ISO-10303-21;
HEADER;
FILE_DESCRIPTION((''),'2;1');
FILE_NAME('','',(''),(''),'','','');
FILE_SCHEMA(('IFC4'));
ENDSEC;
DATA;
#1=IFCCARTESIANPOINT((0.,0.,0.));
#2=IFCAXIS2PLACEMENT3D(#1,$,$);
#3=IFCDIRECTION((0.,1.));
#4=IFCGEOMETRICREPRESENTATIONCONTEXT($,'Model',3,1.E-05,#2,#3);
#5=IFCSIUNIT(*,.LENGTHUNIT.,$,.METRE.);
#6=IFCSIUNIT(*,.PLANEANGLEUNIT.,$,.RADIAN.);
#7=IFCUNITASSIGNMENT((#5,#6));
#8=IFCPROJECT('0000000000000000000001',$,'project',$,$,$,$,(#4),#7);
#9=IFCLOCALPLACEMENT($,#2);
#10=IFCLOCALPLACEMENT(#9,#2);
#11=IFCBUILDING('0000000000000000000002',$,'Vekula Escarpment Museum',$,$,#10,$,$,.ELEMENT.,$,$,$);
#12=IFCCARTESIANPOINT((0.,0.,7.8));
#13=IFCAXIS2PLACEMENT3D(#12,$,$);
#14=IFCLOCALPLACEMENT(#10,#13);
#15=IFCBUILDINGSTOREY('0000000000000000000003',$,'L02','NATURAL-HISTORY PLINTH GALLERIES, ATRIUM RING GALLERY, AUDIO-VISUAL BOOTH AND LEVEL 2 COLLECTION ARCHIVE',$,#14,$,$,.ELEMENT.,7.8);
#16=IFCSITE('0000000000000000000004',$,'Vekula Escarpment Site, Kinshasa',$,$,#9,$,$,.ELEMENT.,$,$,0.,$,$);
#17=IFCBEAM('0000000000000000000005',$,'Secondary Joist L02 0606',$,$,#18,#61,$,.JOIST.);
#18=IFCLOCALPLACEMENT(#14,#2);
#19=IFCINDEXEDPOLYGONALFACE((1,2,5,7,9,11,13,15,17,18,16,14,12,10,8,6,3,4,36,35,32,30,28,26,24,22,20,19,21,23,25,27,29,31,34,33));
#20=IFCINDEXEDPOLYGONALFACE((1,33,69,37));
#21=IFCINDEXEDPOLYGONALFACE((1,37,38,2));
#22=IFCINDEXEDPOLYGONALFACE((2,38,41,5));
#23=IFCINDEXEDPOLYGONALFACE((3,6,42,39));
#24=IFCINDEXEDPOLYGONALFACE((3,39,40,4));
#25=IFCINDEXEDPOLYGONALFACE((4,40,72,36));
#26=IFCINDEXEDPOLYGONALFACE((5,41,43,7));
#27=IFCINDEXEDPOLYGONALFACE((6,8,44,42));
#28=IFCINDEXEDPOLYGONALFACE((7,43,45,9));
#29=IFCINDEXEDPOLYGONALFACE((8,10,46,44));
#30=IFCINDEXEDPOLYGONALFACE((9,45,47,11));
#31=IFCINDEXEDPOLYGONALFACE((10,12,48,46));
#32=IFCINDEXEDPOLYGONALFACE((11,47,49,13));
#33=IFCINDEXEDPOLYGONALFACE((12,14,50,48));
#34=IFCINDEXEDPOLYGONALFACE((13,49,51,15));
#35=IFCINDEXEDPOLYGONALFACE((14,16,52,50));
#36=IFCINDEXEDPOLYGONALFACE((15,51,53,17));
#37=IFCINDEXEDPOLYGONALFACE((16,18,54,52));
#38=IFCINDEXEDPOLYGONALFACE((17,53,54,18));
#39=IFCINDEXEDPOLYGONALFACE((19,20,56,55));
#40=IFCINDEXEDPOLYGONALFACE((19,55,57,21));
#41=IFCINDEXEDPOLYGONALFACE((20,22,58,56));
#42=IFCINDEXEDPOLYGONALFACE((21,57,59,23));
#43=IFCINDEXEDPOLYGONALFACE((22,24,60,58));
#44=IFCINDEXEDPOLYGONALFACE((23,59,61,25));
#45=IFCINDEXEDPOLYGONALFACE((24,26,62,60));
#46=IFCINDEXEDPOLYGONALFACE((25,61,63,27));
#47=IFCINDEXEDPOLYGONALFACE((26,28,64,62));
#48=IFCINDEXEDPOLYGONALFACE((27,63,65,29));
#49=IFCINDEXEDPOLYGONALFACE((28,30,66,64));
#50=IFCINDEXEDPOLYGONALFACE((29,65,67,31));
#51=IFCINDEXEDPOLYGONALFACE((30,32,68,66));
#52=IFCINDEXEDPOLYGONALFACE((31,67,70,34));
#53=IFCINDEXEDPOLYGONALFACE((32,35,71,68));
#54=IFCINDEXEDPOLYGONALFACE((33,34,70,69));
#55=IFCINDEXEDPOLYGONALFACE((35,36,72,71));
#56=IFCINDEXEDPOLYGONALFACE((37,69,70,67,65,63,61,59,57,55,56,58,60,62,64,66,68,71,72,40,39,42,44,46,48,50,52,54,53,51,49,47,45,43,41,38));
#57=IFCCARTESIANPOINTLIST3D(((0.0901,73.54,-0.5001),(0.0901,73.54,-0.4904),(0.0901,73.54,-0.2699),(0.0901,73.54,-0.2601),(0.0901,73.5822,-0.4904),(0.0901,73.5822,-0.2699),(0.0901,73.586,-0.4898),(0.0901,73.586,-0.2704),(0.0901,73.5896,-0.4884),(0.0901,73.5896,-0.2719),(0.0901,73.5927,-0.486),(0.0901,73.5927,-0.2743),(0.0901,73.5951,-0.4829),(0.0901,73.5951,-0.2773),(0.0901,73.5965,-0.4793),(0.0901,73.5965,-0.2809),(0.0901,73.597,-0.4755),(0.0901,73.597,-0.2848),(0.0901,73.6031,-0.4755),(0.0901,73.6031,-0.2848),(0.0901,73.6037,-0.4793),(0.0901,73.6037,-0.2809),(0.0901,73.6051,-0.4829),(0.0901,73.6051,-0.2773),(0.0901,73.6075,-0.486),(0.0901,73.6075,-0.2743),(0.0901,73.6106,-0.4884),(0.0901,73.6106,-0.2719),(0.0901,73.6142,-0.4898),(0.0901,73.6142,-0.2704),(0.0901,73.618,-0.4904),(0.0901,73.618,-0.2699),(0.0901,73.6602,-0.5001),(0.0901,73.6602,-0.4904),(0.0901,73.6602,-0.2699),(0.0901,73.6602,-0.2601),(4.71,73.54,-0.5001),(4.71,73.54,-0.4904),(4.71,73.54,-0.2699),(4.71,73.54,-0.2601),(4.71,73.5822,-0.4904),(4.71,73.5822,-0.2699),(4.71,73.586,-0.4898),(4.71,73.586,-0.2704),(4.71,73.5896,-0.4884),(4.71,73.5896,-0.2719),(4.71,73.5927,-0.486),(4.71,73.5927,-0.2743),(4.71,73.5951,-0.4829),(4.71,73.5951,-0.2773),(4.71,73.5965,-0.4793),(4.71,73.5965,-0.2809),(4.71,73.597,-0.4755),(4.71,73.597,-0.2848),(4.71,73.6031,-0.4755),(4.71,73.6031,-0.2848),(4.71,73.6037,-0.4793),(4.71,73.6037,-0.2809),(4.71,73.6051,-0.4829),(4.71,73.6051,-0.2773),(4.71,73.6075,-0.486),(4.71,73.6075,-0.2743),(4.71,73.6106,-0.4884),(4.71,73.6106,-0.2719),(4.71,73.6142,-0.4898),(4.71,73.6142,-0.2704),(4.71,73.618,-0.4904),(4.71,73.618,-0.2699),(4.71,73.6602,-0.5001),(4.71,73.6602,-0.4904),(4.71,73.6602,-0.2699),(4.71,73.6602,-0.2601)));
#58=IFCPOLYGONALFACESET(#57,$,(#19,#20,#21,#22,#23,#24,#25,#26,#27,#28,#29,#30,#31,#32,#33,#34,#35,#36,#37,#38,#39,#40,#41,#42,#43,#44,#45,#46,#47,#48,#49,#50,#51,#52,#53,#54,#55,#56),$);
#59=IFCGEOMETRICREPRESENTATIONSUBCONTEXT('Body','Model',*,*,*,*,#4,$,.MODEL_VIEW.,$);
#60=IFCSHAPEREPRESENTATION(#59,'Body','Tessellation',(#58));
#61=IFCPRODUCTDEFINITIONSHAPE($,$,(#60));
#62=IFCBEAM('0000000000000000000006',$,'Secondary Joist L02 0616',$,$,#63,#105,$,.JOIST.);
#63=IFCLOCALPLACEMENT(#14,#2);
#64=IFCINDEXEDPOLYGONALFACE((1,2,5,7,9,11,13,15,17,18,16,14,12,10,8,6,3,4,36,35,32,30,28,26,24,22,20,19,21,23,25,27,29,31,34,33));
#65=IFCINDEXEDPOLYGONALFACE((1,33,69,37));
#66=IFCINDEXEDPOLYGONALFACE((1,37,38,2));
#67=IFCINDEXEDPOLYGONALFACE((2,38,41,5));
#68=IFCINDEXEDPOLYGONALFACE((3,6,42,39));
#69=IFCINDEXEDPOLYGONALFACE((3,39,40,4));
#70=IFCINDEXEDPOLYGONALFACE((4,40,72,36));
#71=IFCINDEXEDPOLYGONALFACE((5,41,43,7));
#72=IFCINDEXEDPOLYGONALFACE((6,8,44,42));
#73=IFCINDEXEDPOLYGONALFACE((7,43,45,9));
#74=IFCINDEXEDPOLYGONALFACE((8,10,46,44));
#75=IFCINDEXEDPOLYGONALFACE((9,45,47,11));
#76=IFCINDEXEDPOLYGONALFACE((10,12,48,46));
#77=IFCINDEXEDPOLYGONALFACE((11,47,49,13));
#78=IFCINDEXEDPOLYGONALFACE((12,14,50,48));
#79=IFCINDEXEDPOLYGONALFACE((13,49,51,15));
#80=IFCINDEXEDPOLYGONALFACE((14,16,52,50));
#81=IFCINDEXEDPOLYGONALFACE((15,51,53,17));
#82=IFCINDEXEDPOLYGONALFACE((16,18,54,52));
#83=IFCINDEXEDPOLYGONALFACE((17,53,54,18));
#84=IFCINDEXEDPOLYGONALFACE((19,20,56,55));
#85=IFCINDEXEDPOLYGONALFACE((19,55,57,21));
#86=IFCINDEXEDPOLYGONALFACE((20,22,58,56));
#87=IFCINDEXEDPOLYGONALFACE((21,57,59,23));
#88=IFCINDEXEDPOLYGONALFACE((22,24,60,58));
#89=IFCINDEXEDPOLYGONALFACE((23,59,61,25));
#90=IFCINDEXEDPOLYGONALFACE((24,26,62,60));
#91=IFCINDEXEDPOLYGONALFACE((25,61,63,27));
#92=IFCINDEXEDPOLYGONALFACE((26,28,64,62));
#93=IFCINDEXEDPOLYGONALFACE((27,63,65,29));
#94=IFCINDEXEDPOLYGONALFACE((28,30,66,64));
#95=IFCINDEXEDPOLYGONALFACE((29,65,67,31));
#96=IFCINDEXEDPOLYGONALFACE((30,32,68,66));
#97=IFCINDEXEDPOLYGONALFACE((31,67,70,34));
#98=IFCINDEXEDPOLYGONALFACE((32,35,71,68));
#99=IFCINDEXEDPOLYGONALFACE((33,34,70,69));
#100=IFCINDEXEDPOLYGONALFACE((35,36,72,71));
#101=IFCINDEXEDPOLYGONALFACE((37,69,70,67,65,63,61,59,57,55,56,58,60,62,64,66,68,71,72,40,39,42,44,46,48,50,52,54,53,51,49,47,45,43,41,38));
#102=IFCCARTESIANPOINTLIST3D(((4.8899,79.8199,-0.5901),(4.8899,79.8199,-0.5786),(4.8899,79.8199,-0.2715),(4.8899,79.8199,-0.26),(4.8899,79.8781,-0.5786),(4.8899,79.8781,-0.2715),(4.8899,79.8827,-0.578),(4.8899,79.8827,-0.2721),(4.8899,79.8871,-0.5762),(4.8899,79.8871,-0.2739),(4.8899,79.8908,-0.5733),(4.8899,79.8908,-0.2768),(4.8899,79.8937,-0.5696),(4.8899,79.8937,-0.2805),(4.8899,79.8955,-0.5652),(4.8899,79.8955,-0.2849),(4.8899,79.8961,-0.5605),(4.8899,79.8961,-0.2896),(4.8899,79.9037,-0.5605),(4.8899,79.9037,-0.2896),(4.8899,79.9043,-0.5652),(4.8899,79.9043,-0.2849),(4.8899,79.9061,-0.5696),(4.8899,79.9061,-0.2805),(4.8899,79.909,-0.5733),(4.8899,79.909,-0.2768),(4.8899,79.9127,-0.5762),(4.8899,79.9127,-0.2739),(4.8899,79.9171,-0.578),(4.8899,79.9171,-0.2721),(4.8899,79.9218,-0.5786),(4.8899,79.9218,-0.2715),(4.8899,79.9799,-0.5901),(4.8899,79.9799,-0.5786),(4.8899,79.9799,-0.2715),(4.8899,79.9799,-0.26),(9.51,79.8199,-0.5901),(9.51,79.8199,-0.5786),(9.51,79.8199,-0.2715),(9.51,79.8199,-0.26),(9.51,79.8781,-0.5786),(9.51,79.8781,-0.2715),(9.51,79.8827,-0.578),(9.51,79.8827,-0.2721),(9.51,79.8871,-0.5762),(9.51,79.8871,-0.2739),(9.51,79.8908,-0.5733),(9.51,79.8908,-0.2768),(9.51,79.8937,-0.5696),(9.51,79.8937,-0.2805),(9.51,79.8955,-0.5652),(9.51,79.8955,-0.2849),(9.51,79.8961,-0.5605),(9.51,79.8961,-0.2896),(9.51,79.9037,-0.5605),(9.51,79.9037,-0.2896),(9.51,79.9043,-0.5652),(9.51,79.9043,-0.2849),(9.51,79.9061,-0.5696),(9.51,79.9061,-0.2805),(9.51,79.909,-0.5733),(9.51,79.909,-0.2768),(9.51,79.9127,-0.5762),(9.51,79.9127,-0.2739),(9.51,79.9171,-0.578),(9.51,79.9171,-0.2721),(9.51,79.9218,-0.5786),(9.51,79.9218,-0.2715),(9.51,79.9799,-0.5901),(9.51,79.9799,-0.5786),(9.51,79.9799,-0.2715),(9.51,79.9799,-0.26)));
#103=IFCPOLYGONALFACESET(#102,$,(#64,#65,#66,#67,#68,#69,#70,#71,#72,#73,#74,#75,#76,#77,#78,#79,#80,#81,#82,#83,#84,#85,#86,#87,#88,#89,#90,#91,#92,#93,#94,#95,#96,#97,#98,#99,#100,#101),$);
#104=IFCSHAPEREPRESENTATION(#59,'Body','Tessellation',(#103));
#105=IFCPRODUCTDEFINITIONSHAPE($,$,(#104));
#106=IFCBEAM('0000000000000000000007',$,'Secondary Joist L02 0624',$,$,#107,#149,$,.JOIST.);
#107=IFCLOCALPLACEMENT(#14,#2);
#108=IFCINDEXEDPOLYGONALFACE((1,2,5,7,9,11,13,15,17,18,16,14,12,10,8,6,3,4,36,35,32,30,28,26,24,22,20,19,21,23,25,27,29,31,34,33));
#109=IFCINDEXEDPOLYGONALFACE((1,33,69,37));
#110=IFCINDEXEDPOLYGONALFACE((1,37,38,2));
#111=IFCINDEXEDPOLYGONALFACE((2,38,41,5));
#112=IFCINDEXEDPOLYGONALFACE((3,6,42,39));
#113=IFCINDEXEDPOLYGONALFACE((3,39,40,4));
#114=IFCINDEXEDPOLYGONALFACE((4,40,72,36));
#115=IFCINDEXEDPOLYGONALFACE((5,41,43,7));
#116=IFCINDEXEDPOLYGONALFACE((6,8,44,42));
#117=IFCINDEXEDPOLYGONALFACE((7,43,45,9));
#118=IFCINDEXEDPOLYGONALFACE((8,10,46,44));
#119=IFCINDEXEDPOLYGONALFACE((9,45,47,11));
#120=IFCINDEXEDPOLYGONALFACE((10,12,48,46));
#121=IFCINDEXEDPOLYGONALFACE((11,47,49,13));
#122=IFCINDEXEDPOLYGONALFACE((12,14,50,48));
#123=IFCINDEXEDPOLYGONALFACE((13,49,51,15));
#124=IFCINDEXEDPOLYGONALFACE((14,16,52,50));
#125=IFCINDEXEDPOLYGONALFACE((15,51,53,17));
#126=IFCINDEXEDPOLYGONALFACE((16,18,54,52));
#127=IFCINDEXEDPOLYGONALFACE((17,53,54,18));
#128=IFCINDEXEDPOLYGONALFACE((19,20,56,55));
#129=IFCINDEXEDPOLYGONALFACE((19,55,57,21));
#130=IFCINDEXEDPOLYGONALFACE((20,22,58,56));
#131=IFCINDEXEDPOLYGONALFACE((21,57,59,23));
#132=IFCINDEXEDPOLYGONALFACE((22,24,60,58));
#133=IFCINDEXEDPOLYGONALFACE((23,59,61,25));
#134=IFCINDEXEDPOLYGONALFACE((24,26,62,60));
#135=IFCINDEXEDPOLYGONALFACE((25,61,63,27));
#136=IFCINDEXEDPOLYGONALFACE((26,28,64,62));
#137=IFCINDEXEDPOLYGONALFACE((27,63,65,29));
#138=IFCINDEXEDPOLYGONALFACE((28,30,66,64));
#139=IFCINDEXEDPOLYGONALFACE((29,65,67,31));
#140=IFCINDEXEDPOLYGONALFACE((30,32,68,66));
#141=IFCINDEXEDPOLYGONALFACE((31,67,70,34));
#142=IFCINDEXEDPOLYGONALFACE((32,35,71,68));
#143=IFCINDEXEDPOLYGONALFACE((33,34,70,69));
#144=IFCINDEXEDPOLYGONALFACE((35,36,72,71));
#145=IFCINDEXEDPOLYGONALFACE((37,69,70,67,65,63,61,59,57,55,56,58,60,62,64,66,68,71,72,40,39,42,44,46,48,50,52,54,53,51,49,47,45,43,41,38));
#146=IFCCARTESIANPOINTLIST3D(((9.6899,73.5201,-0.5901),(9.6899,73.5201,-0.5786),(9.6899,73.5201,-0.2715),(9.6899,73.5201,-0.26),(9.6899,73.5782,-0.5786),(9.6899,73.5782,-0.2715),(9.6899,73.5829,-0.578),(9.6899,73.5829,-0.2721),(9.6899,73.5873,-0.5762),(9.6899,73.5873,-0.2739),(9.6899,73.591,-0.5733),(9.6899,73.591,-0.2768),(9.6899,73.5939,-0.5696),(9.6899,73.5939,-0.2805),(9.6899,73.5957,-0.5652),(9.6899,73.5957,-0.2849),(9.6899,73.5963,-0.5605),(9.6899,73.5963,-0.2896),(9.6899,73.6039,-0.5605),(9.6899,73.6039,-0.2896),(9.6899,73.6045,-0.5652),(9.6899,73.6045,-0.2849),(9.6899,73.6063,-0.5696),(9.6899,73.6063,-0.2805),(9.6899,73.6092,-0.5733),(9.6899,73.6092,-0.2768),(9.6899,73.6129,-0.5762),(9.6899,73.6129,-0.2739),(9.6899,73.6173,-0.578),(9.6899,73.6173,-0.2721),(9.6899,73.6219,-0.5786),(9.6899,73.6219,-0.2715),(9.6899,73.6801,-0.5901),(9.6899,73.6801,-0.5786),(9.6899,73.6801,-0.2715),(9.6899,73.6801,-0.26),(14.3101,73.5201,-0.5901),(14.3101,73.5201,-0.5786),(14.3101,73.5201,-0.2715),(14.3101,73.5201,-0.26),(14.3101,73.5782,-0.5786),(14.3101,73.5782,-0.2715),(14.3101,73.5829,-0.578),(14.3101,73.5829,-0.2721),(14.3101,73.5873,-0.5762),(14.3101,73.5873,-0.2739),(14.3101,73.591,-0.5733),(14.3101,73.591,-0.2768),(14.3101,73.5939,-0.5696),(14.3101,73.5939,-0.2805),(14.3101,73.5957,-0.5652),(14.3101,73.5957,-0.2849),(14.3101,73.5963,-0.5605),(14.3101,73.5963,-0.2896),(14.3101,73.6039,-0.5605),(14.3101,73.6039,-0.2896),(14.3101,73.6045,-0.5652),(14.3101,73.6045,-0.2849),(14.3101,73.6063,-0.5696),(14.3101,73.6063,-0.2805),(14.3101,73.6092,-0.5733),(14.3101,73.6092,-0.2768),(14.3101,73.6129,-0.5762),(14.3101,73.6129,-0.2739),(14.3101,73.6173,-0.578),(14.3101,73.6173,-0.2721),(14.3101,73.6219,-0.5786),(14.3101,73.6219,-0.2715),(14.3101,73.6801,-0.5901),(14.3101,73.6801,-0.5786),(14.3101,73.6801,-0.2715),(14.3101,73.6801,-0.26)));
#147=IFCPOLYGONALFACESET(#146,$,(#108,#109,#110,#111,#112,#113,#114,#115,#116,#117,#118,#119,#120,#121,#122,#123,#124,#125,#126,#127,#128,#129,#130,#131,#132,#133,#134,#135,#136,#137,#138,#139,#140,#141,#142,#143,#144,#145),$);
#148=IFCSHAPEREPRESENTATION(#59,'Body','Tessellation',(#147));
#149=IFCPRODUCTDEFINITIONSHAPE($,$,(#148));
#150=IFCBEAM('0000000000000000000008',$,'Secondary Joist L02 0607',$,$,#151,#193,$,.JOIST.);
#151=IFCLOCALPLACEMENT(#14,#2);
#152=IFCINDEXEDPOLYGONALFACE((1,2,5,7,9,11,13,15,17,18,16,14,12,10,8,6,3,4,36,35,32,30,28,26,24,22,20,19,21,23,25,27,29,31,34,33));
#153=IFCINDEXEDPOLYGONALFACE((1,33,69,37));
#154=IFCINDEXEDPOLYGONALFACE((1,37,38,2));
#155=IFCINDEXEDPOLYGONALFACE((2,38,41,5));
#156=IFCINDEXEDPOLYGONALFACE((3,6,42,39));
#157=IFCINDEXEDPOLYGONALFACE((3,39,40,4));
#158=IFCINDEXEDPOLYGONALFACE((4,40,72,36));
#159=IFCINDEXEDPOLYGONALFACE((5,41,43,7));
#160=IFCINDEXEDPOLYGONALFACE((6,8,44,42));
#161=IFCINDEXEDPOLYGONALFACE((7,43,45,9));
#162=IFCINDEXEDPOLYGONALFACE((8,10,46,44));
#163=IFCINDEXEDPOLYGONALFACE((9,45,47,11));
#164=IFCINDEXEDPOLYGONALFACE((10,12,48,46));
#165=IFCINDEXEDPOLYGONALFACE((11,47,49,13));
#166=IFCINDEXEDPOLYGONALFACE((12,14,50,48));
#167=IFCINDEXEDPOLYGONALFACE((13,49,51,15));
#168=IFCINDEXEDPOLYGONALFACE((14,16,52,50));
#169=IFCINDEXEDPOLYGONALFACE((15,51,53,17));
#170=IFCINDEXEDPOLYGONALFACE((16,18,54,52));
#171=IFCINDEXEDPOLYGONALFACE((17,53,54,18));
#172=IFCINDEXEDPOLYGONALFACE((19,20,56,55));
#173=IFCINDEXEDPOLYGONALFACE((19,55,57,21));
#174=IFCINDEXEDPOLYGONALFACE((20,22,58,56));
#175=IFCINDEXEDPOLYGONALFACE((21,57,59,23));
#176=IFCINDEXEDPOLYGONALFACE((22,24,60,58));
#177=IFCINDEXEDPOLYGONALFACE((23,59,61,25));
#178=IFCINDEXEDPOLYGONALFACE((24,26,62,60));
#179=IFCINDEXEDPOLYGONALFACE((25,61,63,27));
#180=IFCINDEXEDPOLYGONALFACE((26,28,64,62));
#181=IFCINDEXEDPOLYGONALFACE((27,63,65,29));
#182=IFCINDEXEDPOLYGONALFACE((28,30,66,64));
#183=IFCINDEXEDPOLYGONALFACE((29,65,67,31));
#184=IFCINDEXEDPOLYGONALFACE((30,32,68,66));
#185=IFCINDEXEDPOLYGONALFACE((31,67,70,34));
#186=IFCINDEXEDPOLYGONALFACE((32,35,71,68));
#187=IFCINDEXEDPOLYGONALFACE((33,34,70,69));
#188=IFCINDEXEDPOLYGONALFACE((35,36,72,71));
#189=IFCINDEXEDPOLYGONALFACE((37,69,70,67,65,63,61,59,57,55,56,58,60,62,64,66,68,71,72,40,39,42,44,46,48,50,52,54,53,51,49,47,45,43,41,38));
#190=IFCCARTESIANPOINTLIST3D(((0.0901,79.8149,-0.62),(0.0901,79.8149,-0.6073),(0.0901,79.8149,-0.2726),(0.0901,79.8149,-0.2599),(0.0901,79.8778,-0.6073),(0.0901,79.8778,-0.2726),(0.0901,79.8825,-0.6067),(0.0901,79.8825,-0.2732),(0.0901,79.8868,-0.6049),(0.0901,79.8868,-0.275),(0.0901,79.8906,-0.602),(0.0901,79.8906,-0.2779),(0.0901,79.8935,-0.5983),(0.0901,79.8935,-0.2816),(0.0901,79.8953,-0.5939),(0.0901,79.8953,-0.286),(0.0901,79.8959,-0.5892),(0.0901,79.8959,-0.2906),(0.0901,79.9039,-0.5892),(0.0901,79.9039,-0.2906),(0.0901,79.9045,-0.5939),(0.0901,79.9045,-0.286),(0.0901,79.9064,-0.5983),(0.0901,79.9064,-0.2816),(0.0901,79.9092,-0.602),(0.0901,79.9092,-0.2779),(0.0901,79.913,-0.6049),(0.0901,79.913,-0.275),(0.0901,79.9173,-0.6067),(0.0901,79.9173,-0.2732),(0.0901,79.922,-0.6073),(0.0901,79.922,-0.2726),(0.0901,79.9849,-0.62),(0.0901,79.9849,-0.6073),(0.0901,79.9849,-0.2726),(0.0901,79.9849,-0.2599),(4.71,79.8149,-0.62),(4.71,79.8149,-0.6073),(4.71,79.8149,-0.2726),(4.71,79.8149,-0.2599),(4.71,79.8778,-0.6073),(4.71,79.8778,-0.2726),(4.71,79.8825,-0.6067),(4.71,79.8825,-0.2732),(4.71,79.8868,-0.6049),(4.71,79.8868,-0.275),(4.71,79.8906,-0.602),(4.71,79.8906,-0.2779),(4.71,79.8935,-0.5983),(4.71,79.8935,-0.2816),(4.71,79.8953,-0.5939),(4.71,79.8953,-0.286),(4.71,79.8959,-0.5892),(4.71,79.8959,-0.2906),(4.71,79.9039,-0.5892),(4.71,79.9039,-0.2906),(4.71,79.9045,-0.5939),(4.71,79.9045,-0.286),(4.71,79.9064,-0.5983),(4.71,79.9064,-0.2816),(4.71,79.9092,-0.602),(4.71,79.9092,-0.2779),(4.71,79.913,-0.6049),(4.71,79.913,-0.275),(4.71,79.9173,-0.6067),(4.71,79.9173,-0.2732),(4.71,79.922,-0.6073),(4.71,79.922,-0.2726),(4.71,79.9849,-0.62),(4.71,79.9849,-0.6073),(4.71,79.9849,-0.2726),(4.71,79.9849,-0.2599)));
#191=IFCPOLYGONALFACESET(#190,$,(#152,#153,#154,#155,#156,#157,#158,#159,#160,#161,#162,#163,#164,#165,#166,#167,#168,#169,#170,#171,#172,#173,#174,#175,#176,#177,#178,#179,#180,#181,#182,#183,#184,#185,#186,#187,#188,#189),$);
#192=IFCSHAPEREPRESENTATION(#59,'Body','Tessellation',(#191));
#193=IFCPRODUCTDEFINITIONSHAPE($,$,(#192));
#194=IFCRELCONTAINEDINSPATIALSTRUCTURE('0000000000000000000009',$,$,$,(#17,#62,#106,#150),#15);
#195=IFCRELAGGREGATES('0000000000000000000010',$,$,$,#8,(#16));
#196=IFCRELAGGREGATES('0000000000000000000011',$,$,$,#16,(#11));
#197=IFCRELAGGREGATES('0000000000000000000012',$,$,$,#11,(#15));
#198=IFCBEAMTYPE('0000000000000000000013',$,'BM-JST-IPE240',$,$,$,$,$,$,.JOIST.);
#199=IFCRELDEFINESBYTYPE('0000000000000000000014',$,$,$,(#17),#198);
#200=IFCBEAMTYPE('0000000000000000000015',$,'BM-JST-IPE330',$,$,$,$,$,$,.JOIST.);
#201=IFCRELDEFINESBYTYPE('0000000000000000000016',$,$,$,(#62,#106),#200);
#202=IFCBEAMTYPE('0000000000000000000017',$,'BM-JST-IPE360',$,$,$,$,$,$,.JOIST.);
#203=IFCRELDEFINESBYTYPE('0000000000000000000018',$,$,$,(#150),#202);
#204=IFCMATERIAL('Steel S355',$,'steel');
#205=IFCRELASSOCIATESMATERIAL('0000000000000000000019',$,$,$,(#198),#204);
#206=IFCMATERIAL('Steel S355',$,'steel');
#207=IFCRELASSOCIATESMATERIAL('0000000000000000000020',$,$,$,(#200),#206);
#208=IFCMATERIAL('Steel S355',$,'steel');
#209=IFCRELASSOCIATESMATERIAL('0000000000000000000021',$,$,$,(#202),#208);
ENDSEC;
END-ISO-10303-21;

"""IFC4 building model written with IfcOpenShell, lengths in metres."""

from ifc_helpers import new_model, si_unit, direction, frame, origin, origin_2d, place, context, subcontext, project, spatial, i_section, extrude, material, material_profile, profile_set, type_object, element, save


model = new_model("IFC4")

# Units and contexts
model_context = context("Model", 3, precision=1e-05, world=origin(), true_north=direction((0.0, 1.0)))
body_context = subcontext(model_context, "Body", "Model", "MODEL_VIEW")
ifc_project = project(units=[si_unit("LENGTHUNIT", "METRE"), si_unit("PLANEANGLEUNIT", "RADIAN")], contexts=[model_context])

# Site, building, storey
site_placement = place(None, origin())
site = spatial("IfcSite", under=ifc_project, at=site_placement, Name="Vekula Escarpment Site, Kinshasa", CompositionType="ELEMENT", RefElevation=0.0)
building_placement = place(site_placement, origin())
building = spatial("IfcBuilding", under=site, at=building_placement, Name="Vekula Escarpment Museum", CompositionType="ELEMENT")
storey_placement = place(building_placement, frame((0.0, 0.0, 7.8)))
storey = spatial("IfcBuildingStorey", under=building, at=storey_placement, Name="L02", Description="NATURAL-HISTORY PLINTH GALLERIES, ATRIUM RING GALLERY, AUDIO-VISUAL BOOTH AND LEVEL 2 COLLECTION ARCHIVE", CompositionType="ELEMENT", Elevation=7.8)

# Beams
ifc_material_1 = material(Name="Steel S355", Category="steel")
ifc_material_profile_1 = material_profile(ifc_material_1, i_section(OverallWidth=0.1201, OverallDepth=0.24, WebThickness=0.0061, FlangeThickness=0.0098, FilletRadius=0.0149, at=origin_2d()), Name="IPE 240")
ifc_profile_set_1 = profile_set([ifc_material_profile_1], Name="Steel S355")
beam_type_1 = type_object("IfcBeamType", Name="BM-JST-IPE240", PredefinedType="JOIST", material=ifc_profile_set_1)
beam_1_placement = place(storey_placement, frame((0.0901, 73.6001, -0.3801), z_axis=(1.0, 0.0, 0.0), x_axis=(0.0, 1.0, 0.0)))
element("IfcBeam", 1, at=beam_1_placement, inside=storey, type_object=beam_type_1, Name="Secondary Joist L02 0606", PredefinedType="JOIST", context=body_context, shape_type="SweptSolid", body=[
    extrude(i_section(OverallWidth=0.1201, OverallDepth=0.24, WebThickness=0.0061, FlangeThickness=0.0098, FilletRadius=0.0149, at=origin_2d()), origin(), (0.0, 0.0, 1.0), 4.6199),
])
ifc_material_2 = material(Name="Steel S355", Category="steel")
ifc_material_profile_2 = material_profile(ifc_material_2, i_section(OverallWidth=0.1599, OverallDepth=0.3301, WebThickness=0.0076, FlangeThickness=0.0115, FilletRadius=0.0181, at=origin_2d()), Name="IPE 330")
ifc_profile_set_2 = profile_set([ifc_material_profile_2], Name="Steel S355")
beam_type_2 = type_object("IfcBeamType", Name="BM-JST-IPE330", PredefinedType="JOIST", material=ifc_profile_set_2)
for number, where, z_axis, x_axis, name in (
    (2, (4.8899, 79.8999, -0.425), (1.0, 0.0, 0.0), (0.0, 1.0, 0.0), "Secondary Joist L02 0616"),
    (3, (9.6899, 73.6001, -0.425), (1.0, 0.0, 0.0), (0.0, 1.0, 0.0), "Secondary Joist L02 0624"),
):
    element("IfcBeam", number, at=place(storey_placement, frame(where, z_axis=z_axis, x_axis=x_axis)), inside=storey, type_object=beam_type_2, Name=name, PredefinedType="JOIST", context=body_context, shape_type="SweptSolid", body=[
        extrude(i_section(OverallWidth=0.1599, OverallDepth=0.3301, WebThickness=0.0076, FlangeThickness=0.0115, FilletRadius=0.0181, at=origin_2d()), origin(), (0.0, 0.0, 1.0), 4.6201),
    ])
ifc_material_3 = material(Name="Steel S355", Category="steel")
ifc_material_profile_3 = material_profile(ifc_material_3, i_section(OverallWidth=0.1699, OverallDepth=0.3601, WebThickness=0.0081, FlangeThickness=0.0127, FilletRadius=0.0181, at=origin_2d()), Name="IPE 360")
ifc_profile_set_3 = profile_set([ifc_material_profile_3], Name="Steel S355")
beam_type_3 = type_object("IfcBeamType", Name="BM-JST-IPE360", PredefinedType="JOIST", material=ifc_profile_set_3)
beam_2_placement = place(storey_placement, frame((0.0901, 79.8999, -0.4399), z_axis=(1.0, 0.0, 0.0), x_axis=(0.0, 1.0, 0.0)))
element("IfcBeam", 4, at=beam_2_placement, inside=storey, type_object=beam_type_3, Name="Secondary Joist L02 0607", PredefinedType="JOIST", context=body_context, shape_type="SweptSolid", body=[
    extrude(i_section(OverallWidth=0.1699, OverallDepth=0.3601, WebThickness=0.0081, FlangeThickness=0.0127, FilletRadius=0.0181, at=origin_2d()), origin(), (0.0, 0.0, 1.0), 4.6199),
])

save(model, "model.ifc")
